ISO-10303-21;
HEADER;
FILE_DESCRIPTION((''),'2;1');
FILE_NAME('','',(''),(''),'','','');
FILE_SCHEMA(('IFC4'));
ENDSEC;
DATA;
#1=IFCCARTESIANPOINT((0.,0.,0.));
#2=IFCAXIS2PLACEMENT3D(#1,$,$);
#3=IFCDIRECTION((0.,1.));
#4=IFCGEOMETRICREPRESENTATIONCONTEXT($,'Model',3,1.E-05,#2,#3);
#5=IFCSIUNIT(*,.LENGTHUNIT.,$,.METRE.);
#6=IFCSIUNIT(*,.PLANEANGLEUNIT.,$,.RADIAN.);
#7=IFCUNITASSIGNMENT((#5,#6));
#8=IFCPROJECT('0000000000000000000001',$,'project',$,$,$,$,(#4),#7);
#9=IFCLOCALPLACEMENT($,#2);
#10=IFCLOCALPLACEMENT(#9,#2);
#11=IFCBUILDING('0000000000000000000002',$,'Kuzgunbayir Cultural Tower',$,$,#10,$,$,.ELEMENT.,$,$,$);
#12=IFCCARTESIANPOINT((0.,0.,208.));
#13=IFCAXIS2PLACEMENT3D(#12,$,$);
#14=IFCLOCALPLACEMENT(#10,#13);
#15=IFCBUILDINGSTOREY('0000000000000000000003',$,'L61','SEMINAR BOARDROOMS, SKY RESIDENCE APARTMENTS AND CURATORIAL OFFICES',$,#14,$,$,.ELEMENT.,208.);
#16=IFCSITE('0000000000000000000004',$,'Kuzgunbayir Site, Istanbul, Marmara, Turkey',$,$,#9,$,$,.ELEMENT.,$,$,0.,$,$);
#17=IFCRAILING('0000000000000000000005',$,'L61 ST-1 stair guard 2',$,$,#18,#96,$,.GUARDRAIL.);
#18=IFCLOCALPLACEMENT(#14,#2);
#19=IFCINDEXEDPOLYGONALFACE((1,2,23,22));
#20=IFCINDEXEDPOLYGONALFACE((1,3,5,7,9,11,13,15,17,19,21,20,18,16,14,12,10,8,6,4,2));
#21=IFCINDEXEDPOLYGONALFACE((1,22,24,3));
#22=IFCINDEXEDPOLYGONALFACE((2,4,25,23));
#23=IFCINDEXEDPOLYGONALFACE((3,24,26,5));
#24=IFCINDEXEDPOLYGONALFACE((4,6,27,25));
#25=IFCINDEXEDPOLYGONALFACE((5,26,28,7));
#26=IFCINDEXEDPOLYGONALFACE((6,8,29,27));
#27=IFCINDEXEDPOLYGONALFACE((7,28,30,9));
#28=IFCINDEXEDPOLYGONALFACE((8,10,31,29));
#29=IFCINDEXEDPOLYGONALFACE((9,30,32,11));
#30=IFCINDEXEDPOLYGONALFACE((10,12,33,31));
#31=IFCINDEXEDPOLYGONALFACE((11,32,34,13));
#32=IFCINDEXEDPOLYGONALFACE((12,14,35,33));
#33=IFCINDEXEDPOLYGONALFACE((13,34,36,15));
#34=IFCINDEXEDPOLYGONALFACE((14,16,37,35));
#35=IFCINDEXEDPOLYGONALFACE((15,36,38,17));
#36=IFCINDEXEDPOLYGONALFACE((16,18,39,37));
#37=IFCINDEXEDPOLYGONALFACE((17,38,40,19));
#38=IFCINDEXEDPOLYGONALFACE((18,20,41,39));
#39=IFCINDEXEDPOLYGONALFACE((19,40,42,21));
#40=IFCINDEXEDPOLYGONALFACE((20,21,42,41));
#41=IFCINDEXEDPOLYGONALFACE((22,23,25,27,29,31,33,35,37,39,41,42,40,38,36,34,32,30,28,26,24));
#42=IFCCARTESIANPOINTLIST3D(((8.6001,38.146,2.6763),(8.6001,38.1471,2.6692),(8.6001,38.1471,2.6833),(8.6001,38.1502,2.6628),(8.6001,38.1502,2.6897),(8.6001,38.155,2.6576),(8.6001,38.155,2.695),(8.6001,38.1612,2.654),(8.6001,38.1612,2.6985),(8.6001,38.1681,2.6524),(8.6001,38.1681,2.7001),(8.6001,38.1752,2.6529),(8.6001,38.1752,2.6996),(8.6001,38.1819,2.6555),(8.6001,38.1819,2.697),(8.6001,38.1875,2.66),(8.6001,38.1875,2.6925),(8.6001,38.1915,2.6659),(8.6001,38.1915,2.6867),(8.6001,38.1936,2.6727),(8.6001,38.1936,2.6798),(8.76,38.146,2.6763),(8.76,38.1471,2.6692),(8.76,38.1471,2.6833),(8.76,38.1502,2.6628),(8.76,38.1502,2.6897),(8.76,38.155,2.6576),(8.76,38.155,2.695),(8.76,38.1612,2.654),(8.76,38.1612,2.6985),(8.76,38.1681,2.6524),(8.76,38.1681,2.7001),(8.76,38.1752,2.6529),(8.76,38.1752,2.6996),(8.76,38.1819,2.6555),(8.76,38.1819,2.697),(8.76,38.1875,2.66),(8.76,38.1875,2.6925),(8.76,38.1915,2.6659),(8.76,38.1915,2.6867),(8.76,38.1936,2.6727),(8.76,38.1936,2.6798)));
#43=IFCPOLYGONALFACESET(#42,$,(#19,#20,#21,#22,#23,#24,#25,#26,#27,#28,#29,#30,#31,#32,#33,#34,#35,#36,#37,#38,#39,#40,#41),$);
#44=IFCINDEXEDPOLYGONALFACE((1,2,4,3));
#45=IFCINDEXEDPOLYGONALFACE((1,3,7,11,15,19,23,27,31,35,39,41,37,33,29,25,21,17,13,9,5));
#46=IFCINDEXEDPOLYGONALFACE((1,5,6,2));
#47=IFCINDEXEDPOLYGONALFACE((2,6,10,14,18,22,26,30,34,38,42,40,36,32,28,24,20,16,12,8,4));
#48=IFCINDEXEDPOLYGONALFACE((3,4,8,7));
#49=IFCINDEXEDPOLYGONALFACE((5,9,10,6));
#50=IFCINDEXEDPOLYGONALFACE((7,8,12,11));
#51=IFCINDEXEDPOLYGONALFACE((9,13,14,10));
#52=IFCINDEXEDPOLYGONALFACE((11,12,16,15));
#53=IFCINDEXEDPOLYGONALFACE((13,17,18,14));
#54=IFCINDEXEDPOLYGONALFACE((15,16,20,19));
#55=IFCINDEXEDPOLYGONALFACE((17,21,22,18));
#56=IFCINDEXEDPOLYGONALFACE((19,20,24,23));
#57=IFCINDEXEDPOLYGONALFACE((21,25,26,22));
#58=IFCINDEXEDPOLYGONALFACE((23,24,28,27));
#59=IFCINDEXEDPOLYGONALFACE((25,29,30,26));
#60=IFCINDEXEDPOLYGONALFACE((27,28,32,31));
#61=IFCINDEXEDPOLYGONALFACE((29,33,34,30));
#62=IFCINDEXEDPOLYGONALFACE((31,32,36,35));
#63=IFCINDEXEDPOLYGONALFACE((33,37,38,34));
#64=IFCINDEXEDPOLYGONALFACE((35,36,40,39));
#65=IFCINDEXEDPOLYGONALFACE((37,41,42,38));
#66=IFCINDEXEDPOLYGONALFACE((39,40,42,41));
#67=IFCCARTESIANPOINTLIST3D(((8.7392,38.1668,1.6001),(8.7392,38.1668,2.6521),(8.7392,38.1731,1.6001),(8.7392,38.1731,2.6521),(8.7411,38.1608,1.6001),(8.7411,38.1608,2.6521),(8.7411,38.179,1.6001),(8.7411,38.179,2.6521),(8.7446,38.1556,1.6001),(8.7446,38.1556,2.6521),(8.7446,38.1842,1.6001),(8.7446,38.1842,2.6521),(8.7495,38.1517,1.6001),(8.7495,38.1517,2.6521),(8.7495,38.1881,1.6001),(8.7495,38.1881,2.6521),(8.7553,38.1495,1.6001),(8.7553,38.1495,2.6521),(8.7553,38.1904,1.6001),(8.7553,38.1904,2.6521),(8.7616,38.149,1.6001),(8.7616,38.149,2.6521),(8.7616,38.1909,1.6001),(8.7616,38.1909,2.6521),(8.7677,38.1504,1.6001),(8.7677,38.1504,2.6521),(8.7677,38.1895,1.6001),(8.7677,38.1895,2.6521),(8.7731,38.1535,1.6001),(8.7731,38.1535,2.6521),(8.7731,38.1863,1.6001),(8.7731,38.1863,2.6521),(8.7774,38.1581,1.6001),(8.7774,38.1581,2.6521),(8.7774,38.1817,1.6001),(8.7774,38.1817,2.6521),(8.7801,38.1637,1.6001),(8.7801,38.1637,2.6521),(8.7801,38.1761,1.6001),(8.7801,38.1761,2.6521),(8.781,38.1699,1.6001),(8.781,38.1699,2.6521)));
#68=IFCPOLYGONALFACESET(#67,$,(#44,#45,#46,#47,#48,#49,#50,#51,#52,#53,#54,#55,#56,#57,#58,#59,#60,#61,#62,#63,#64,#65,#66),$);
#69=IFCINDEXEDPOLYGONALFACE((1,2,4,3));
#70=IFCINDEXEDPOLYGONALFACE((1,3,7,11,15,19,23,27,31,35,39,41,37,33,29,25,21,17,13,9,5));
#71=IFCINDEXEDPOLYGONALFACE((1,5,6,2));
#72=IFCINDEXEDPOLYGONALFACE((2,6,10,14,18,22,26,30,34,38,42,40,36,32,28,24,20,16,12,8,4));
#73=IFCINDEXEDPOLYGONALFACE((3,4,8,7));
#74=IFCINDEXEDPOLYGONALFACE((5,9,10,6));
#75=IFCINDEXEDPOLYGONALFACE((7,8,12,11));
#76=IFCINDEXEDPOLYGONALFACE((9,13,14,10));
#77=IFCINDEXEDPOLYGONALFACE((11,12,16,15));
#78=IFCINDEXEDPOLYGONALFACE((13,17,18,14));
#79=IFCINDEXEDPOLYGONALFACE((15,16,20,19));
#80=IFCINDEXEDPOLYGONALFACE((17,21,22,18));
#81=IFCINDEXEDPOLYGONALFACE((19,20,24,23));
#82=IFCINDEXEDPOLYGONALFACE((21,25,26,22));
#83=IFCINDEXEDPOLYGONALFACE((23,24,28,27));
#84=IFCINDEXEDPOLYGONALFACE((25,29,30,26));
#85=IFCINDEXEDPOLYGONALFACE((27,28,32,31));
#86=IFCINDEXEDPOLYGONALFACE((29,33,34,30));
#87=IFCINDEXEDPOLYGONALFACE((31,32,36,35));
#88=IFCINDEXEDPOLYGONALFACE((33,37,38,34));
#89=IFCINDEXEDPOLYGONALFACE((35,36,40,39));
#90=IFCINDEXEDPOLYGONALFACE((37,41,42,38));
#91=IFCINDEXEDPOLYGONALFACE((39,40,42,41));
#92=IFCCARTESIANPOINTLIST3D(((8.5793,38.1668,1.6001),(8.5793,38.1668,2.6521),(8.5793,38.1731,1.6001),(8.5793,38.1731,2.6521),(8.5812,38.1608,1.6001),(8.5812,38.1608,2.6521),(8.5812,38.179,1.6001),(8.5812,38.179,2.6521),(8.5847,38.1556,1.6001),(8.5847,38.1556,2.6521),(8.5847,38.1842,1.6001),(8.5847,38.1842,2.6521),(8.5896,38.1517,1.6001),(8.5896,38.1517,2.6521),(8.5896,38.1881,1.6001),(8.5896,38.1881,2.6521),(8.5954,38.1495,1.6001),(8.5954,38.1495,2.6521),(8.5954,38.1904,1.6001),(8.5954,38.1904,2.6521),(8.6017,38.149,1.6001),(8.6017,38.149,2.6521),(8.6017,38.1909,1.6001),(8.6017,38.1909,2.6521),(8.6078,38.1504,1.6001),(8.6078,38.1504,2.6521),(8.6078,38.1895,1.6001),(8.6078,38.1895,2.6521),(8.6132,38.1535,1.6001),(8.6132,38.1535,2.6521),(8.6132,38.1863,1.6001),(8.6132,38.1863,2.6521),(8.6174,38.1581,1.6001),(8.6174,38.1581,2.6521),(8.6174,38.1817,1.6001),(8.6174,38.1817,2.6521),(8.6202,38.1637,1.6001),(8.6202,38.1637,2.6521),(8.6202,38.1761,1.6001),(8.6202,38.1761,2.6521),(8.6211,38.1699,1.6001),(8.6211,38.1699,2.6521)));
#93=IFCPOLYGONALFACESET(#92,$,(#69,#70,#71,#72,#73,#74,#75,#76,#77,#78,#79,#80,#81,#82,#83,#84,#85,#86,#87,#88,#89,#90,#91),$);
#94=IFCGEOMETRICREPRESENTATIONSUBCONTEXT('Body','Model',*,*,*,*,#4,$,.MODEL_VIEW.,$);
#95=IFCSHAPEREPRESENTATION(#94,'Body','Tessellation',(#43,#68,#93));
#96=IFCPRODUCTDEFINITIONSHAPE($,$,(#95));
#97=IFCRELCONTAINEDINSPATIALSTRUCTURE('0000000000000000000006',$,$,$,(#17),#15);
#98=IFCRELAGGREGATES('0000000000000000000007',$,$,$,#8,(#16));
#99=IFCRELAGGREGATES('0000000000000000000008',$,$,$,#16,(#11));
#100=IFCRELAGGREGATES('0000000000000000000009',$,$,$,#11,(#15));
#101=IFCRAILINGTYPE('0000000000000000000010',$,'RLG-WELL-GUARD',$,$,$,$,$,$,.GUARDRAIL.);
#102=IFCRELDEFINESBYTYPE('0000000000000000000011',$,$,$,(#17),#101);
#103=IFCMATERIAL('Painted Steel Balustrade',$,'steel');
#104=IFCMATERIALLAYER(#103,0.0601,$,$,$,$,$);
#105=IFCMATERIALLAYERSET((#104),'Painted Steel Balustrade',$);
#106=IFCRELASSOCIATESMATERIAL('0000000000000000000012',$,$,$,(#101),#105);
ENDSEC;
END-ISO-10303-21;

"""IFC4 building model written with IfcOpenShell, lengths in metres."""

from ifc_helpers import new_model, si_unit, direction, frame, origin, origin_2d, place, context, subcontext, project, spatial, circle, extrude, material, layer, layer_set, type_object, element, save


model = new_model("IFC4")

# Units and contexts
model_context = context("Model", 3, precision=1e-05, world=origin(), true_north=direction((0.0, 1.0)))
body_context = subcontext(model_context, "Body", "Model", "MODEL_VIEW")
ifc_project = project(units=[si_unit("LENGTHUNIT", "METRE"), si_unit("PLANEANGLEUNIT", "RADIAN")], contexts=[model_context])

# Site, building, storey
site_placement = place(None, origin())
site = spatial("IfcSite", under=ifc_project, at=site_placement, Name="Kuzgunbayir Site, Istanbul, Marmara, Turkey", CompositionType="ELEMENT", RefElevation=0.0)
building_placement = place(site_placement, origin())
building = spatial("IfcBuilding", under=site, at=building_placement, Name="Kuzgunbayir Cultural Tower", CompositionType="ELEMENT")
storey_placement = place(building_placement, frame((0.0, 0.0, 208.0)))
storey = spatial("IfcBuildingStorey", under=building, at=storey_placement, Name="L61", Description="SEMINAR BOARDROOMS, SKY RESIDENCE APARTMENTS AND CURATORIAL OFFICES", CompositionType="ELEMENT", Elevation=208.0)

# Railing
ifc_material_1 = material(Name="Painted Steel Balustrade", Category="steel")
ifc_layer_1 = layer(ifc_material_1, 0.0601)
ifc_layer_set_1 = layer_set([ifc_layer_1], Name="Painted Steel Balustrade")
railing_type_1 = type_object("IfcRailingType", Name="RLG-WELL-GUARD", PredefinedType="GUARDRAIL", material=ifc_layer_set_1)
railing_1_placement = place(storey_placement, frame((8.76, 38.1699, 1.6001)))
element("IfcRailing", 1, at=railing_1_placement, inside=storey, type_object=railing_type_1, Name="L61 ST-1 stair guard 2", PredefinedType="GUARDRAIL", context=body_context, shape_type="SweptSolid", body=[
    extrude(circle(Radius=0.0239, at=origin_2d()), frame((0.0, 0.0, 1.0762), z_axis=(-1.0, 0.0, 0.0), x_axis=(0.0, -1.0, 0.0)), (0.0, 0.0, 1.0), 0.1599),
    extrude(circle(Radius=0.021, at=origin_2d()), origin(), (0.0, 0.0, 1.0), 1.052),
    extrude(circle(Radius=0.021, at=origin_2d()), frame((-0.1599, 0.0, 0.0)), (0.0, 0.0, 1.0), 1.052),
])

save(model, "model.ifc")
